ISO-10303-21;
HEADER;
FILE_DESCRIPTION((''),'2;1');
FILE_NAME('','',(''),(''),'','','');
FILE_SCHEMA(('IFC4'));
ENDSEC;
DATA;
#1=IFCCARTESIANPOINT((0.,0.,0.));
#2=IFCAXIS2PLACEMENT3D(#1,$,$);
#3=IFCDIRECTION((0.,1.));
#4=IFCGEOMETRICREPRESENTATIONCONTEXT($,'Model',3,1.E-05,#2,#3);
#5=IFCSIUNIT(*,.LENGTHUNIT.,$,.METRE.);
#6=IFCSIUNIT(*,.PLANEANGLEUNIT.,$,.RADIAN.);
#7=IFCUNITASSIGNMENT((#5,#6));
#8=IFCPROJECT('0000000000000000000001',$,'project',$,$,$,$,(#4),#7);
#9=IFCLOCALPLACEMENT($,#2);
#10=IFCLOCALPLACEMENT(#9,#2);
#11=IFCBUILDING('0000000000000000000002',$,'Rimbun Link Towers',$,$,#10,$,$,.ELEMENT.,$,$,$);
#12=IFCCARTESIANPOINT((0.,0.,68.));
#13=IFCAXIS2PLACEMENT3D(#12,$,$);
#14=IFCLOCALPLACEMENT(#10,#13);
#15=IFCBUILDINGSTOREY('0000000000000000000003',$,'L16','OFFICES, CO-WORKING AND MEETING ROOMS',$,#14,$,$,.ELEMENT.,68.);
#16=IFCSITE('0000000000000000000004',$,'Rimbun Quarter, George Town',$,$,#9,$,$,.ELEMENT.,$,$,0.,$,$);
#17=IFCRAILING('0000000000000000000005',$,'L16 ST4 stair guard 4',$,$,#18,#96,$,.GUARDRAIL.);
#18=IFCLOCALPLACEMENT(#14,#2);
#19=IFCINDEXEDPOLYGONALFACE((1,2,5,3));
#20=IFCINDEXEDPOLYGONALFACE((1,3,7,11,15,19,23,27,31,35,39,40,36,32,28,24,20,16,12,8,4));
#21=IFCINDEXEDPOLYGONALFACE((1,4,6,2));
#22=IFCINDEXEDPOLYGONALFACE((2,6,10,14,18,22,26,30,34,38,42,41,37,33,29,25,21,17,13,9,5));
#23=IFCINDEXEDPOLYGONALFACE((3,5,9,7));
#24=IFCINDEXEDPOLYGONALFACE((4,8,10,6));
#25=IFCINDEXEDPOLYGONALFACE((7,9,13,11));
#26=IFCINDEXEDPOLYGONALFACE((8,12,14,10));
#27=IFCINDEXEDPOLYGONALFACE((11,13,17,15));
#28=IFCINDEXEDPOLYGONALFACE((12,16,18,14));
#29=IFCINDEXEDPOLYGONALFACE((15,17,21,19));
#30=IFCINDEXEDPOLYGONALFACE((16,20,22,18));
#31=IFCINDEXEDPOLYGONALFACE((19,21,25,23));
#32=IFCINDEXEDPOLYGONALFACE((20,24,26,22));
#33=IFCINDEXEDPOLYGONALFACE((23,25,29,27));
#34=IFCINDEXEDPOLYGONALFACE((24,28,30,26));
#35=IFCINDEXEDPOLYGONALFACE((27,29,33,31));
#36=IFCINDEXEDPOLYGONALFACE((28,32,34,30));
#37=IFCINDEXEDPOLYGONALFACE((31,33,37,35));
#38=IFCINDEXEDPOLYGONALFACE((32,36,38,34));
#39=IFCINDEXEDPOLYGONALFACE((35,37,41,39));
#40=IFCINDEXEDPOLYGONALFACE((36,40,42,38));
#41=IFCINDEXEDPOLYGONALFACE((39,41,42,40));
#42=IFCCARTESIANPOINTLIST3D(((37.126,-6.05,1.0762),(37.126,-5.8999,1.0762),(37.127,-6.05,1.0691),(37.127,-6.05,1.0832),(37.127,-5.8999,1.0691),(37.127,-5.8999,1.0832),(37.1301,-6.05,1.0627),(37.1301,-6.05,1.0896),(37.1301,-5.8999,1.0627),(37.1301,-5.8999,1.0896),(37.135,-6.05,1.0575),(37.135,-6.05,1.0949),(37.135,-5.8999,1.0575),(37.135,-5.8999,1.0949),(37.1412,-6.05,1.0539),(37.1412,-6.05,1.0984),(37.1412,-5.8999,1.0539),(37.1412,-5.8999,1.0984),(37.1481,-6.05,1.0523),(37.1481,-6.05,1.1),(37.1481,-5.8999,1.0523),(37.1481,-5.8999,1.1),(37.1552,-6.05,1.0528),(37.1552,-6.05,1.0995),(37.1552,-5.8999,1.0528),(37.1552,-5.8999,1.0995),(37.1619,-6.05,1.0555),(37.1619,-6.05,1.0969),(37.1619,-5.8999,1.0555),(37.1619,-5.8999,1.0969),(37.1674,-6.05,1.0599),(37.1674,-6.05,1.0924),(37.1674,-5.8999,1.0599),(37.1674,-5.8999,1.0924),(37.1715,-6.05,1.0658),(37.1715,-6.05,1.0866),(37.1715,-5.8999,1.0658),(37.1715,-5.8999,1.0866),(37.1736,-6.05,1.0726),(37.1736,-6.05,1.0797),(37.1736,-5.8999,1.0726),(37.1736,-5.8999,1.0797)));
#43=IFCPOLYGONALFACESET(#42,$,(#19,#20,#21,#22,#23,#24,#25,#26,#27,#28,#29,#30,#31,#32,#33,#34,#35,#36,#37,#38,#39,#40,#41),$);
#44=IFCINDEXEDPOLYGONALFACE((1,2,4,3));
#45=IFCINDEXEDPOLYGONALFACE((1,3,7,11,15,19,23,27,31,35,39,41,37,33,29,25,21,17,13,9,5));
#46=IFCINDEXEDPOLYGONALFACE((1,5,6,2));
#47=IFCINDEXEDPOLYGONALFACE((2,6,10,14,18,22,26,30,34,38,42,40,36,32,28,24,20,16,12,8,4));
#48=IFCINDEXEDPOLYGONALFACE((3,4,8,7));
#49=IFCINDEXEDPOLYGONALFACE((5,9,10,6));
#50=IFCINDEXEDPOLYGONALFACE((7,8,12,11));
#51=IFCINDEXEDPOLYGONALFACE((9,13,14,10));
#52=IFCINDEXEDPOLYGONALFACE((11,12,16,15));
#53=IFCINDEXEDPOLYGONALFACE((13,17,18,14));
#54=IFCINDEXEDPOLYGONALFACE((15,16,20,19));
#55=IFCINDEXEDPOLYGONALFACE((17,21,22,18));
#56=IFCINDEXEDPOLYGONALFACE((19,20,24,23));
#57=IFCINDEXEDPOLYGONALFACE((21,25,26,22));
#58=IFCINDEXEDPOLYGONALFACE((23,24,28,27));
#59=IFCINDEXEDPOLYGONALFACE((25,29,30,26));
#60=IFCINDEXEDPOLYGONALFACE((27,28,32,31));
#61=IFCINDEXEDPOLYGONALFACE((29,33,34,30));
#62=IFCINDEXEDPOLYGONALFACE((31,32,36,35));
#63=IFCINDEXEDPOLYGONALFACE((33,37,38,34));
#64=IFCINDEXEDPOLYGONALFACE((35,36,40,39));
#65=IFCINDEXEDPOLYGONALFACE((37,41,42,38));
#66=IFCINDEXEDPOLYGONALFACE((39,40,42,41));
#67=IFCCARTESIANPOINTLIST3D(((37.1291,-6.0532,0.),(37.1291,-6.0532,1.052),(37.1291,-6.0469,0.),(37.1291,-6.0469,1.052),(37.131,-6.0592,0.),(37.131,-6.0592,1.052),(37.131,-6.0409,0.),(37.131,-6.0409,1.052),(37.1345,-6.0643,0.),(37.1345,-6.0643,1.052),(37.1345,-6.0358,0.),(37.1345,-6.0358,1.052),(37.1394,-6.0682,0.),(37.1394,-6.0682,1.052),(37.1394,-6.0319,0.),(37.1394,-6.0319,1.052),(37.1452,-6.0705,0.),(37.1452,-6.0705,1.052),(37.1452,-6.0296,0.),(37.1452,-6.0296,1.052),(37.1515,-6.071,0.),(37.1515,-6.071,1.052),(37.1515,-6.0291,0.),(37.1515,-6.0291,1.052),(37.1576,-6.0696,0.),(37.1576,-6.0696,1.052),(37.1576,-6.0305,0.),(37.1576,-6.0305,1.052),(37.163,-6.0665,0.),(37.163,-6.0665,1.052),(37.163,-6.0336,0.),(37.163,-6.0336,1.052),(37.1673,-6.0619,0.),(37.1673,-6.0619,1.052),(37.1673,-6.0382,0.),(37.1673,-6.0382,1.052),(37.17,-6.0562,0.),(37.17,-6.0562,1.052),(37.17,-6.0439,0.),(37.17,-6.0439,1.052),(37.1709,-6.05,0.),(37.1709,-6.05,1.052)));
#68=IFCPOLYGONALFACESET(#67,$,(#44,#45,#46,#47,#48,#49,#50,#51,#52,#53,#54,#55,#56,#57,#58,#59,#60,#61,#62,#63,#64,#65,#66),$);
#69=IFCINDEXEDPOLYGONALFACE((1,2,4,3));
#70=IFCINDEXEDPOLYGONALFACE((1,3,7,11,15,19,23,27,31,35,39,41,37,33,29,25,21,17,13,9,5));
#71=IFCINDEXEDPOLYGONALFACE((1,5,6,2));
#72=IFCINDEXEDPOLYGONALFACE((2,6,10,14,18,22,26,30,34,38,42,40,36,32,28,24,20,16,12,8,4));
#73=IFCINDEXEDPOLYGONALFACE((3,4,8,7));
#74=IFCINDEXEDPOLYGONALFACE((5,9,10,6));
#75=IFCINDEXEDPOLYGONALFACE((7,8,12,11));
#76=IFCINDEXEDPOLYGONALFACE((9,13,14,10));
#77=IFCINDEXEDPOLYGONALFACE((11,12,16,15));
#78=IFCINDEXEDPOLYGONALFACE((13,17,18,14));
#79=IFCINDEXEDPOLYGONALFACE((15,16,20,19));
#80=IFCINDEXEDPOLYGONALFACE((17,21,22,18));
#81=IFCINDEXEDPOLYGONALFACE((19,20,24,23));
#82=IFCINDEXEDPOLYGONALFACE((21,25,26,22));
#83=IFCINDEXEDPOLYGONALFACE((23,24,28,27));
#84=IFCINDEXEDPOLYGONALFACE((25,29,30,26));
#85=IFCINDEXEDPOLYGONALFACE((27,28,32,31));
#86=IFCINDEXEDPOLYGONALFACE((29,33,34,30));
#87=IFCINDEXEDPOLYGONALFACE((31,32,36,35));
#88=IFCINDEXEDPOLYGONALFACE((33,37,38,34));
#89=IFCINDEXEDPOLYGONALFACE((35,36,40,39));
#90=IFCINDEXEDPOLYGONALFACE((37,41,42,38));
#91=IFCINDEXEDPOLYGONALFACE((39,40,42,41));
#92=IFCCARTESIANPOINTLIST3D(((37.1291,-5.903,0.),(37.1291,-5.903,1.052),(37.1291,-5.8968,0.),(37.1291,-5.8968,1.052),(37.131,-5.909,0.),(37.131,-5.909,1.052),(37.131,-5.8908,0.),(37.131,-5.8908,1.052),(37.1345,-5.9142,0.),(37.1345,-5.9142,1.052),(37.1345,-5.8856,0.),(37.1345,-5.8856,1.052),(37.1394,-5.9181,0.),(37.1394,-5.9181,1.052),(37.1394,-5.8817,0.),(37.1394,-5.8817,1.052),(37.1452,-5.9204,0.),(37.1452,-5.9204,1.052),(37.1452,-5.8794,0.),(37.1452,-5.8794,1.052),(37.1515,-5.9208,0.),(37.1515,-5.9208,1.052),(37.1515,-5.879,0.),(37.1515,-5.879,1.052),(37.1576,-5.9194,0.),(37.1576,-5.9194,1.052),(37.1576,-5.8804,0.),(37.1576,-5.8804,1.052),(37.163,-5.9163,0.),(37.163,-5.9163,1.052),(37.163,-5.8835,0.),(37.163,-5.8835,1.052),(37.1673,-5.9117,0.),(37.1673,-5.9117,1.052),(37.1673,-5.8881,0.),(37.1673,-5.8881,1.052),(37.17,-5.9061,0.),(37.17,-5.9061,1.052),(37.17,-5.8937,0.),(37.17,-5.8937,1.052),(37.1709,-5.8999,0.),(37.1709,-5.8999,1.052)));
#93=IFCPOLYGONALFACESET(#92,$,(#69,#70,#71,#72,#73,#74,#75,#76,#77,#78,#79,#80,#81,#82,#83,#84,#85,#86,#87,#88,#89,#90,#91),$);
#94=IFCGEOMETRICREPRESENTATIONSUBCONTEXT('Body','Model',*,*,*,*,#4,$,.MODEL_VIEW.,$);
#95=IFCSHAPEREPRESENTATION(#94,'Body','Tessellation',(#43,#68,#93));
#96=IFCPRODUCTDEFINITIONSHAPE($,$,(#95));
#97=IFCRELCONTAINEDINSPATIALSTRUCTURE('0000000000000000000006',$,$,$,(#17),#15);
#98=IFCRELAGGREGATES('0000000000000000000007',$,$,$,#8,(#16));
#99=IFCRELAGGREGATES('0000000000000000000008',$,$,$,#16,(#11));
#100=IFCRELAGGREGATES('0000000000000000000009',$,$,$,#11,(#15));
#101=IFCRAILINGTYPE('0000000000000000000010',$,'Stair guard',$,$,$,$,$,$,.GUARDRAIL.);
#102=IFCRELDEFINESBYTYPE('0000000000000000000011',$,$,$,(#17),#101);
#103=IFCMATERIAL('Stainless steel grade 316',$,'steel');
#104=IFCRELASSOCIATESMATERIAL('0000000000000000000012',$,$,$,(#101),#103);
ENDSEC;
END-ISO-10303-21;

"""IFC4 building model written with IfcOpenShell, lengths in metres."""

from ifc_helpers import new_model, si_unit, direction, frame, origin, origin_2d, place, context, subcontext, project, spatial, circle, extrude, material, type_object, element, save


model = new_model("IFC4")

# Units and contexts
model_context = context("Model", 3, precision=1e-05, world=origin(), true_north=direction((0.0, 1.0)))
body_context = subcontext(model_context, "Body", "Model", "MODEL_VIEW")
ifc_project = project(units=[si_unit("LENGTHUNIT", "METRE"), si_unit("PLANEANGLEUNIT", "RADIAN")], contexts=[model_context])

# Site, building, storey
site_placement = place(None, origin())
site = spatial("IfcSite", under=ifc_project, at=site_placement, Name="Rimbun Quarter, George Town", CompositionType="ELEMENT", RefElevation=0.0)
building_placement = place(site_placement, origin())
building = spatial("IfcBuilding", under=site, at=building_placement, Name="Rimbun Link Towers", CompositionType="ELEMENT")
storey_placement = place(building_placement, frame((0.0, 0.0, 68.0)))
storey = spatial("IfcBuildingStorey", under=building, at=storey_placement, Name="L16", Description="OFFICES, CO-WORKING AND MEETING ROOMS", CompositionType="ELEMENT", Elevation=68.0)

# Railing
ifc_material_1 = material(Name="Stainless steel grade 316", Category="steel")
railing_type = type_object("IfcRailingType", Name="Stair guard", PredefinedType="GUARDRAIL", material=ifc_material_1)
railing_1_placement = place(storey_placement, frame((37.1499, -6.05, 0.0)))
element("IfcRailing", 1, at=railing_1_placement, inside=storey, type_object=railing_type, Name="L16 ST4 stair guard 4", PredefinedType="GUARDRAIL", context=body_context, shape_type="SweptSolid", body=[
    extrude(circle(Radius=0.0239, at=origin_2d()), frame((0.0, 0.0, 1.0762), z_axis=(0.0, 1.0, 0.0), x_axis=(-1.0, 0.0, 0.0)), (0.0, 0.0, 1.0), 0.1501),
    extrude(circle(Radius=0.021, at=origin_2d()), origin(), (0.0, 0.0, 1.0), 1.052),
    extrude(circle(Radius=0.021, at=origin_2d()), frame((0.0, 0.1501, 0.0)), (0.0, 0.0, 1.0), 1.052),
])

save(model, "model.ifc")
